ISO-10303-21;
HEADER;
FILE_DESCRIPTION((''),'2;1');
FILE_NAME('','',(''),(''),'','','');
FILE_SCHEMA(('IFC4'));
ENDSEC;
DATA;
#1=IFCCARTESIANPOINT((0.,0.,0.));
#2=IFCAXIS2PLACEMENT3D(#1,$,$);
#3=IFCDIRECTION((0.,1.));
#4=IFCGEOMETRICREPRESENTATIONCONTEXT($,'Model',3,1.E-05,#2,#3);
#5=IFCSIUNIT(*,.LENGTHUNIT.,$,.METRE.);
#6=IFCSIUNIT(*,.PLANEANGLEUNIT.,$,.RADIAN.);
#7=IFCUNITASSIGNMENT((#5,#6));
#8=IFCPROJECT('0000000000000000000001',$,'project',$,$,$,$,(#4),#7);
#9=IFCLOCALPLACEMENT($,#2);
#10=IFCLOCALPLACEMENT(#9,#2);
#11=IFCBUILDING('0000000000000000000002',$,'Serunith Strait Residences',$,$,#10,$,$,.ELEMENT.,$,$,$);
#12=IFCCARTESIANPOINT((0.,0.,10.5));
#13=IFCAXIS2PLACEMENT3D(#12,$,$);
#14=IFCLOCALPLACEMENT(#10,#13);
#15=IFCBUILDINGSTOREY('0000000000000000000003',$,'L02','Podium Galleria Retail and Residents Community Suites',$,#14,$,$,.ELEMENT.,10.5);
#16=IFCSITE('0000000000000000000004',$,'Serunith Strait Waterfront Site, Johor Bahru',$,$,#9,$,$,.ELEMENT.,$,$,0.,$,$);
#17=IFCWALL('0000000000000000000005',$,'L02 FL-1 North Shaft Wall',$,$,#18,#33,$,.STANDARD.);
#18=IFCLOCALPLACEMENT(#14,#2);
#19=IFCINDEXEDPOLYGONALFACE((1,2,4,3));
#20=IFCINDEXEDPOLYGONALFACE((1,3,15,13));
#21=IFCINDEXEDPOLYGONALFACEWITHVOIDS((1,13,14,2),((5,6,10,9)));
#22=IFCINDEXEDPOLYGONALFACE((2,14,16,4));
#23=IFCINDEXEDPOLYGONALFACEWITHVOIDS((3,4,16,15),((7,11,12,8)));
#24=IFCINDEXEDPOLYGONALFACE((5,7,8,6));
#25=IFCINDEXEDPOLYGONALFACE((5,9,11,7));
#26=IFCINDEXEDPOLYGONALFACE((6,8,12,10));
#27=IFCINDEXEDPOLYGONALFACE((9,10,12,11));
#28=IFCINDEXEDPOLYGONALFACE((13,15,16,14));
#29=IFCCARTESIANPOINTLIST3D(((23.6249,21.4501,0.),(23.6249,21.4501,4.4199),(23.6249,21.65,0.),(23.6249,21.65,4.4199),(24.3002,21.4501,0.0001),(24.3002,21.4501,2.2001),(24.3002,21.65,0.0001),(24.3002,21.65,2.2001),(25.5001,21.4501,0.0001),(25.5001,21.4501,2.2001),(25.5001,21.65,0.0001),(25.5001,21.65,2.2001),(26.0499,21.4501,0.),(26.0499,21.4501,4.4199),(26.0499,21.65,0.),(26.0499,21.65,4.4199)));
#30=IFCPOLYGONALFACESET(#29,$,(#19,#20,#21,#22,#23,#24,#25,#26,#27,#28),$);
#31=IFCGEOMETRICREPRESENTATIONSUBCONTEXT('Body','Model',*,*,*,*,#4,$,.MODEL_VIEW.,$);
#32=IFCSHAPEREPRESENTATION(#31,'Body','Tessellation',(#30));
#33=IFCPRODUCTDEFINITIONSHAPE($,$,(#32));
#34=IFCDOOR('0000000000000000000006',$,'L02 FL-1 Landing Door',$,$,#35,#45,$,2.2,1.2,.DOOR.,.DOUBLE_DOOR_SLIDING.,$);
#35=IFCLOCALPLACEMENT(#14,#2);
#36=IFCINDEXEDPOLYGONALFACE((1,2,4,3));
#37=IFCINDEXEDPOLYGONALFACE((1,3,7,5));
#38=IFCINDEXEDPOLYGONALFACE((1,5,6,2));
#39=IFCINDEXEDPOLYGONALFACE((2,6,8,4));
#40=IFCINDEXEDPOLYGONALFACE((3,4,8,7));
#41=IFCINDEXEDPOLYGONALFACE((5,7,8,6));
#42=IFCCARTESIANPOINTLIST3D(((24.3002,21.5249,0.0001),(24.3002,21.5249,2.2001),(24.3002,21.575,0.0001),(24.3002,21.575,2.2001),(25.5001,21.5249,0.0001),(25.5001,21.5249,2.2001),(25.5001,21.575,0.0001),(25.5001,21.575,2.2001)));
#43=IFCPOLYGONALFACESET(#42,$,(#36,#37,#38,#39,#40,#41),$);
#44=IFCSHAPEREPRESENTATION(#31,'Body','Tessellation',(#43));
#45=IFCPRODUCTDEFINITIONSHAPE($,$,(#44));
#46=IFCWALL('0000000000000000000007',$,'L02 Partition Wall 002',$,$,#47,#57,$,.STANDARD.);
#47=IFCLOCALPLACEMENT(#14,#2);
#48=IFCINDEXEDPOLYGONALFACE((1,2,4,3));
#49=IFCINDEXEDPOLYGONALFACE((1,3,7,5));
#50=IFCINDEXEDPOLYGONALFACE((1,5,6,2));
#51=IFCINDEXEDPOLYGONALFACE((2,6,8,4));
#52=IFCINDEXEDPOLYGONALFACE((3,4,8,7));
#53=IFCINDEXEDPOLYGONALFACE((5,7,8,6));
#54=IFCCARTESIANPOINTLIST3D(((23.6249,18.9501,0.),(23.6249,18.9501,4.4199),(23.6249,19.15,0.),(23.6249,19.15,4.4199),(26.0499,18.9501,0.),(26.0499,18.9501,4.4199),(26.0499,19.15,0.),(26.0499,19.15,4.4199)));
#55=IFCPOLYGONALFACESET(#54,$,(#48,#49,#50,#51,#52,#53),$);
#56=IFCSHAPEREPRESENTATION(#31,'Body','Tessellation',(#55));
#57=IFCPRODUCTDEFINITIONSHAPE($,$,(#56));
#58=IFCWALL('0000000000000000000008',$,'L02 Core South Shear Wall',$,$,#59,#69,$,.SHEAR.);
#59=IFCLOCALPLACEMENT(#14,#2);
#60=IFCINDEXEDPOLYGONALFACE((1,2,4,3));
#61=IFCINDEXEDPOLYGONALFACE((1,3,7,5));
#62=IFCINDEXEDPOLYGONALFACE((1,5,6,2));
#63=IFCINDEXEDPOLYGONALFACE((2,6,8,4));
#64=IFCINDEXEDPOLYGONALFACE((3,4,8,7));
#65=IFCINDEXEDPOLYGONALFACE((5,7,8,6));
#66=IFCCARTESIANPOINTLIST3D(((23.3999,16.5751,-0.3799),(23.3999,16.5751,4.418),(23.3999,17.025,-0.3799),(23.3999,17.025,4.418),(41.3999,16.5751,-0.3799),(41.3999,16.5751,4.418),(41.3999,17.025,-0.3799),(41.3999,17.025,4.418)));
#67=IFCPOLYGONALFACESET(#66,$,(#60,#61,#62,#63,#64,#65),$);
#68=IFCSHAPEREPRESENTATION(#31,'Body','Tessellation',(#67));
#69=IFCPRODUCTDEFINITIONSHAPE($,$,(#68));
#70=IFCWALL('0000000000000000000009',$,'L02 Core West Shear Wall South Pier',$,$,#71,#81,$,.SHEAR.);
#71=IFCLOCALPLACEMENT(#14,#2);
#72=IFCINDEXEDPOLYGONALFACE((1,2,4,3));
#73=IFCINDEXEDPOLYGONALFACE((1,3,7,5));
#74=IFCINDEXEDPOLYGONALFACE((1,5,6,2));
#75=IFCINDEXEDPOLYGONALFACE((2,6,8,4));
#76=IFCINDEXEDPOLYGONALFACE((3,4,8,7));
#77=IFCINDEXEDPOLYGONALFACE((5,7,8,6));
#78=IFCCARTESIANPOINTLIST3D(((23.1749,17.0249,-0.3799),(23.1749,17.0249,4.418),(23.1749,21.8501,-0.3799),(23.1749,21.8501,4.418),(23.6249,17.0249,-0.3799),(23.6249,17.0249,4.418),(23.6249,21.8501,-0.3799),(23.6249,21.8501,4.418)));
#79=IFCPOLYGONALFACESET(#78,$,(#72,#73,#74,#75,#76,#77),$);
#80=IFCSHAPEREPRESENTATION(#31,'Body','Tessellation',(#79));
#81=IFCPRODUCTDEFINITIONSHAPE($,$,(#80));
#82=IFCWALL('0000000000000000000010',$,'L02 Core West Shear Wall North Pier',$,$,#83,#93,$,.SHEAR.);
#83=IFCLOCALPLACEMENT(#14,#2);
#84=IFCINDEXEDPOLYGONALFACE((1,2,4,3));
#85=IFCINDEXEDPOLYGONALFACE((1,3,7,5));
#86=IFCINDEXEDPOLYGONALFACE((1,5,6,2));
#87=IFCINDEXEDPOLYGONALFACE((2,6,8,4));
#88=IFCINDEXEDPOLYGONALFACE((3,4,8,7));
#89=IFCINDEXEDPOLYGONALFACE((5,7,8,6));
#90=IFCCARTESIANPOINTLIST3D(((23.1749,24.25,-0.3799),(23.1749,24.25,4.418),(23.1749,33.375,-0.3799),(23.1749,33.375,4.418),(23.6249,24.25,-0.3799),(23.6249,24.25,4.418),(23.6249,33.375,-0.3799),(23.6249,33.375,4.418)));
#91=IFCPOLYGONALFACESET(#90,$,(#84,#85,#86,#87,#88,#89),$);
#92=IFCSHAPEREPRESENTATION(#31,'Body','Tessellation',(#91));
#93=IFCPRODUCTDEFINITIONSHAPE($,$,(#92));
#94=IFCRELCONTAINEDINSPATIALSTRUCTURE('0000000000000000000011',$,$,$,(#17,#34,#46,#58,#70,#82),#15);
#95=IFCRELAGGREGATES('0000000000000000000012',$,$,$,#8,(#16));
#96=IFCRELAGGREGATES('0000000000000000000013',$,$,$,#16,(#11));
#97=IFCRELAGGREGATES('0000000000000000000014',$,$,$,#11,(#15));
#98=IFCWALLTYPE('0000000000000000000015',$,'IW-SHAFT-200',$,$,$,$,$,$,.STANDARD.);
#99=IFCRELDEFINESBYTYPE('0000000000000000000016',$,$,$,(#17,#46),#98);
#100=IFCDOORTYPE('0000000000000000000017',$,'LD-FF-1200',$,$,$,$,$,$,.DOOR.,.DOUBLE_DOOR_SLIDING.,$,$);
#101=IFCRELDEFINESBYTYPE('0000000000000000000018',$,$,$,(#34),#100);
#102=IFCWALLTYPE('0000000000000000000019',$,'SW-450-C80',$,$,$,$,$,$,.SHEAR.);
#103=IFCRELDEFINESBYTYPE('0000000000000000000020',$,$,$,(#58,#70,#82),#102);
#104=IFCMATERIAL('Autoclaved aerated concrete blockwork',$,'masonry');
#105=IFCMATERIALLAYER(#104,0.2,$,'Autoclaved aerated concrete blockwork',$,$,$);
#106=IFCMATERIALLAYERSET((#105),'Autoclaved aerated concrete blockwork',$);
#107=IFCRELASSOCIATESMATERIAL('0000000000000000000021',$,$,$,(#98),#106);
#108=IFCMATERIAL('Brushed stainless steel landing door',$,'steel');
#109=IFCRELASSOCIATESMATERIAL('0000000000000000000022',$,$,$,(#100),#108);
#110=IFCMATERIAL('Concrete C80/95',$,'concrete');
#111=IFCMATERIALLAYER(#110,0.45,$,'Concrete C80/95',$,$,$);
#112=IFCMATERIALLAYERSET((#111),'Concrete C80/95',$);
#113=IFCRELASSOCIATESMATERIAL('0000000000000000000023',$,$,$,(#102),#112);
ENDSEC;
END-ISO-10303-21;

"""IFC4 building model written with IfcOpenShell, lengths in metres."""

from ifc_helpers import new_model, si_unit, direction, frame, frame_2d, origin, place, context, subcontext, project, spatial, rectangle, extrude, source, transform, mapped, material, layer, layer_set, type_object, element, fill, save


model = new_model("IFC4")

# Units and contexts
model_context = context("Model", 3, precision=1e-05, world=origin(), true_north=direction((0.0, 1.0)))
body_context = subcontext(model_context, "Body", "Model", "MODEL_VIEW")
ifc_project = project(units=[si_unit("LENGTHUNIT", "METRE"), si_unit("PLANEANGLEUNIT", "RADIAN")], contexts=[model_context])

# Site, building, storey
site_placement = place(None, origin())
site = spatial("IfcSite", under=ifc_project, at=site_placement, Name="Serunith Strait Waterfront Site, Johor Bahru", CompositionType="ELEMENT", RefElevation=0.0)
building_placement = place(site_placement, origin())
building = spatial("IfcBuilding", under=site, at=building_placement, Name="Serunith Strait Residences", CompositionType="ELEMENT")
storey_placement = place(building_placement, frame((0.0, 0.0, 10.5)))
storey = spatial("IfcBuildingStorey", under=building, at=storey_placement, Name="L02", Description="Podium Galleria Retail and Residents Community Suites", CompositionType="ELEMENT", Elevation=10.5)

# Wall, opening, door
ifc_material_1 = material(Name="Autoclaved aerated concrete blockwork", Category="masonry")
ifc_layer_1 = layer(ifc_material_1, 0.2, Name="Autoclaved aerated concrete blockwork")
ifc_layer_set_1 = layer_set([ifc_layer_1], Name="Autoclaved aerated concrete blockwork")
wall_type_1 = type_object("IfcWallType", Name="IW-SHAFT-200", PredefinedType="STANDARD", material=ifc_layer_set_1)
wall_1_placement = place(storey_placement, frame((23.625, 21.55, 0.0), z_axis=(0.0, 0.0, 1.0), x_axis=(1.0, 0.0, 0.0)))
wall_1 = element("IfcWall", 1, at=wall_1_placement, inside=storey, type_object=wall_type_1, Name="L02 FL-1 North Shaft Wall", PredefinedType="STANDARD", context=body_context, shape_type="SweptSolid", body=[
    extrude(rectangle(XDim=2.425, YDim=0.2, at=frame_2d((1.2124, 0.0))), origin(), (0.0, 0.0, 1.0), 4.4199),
])
opening_1_placement = place(wall_1_placement, frame((0.675, 0.0, 0.0)))
opening_1 = element("IfcOpeningElement", 2, at=opening_1_placement, cuts=wall_1, PredefinedType="OPENING", context=body_context, shape_type="SweptSolid", body=[
    extrude(rectangle(XDim=1.2, YDim=2.2, at=frame_2d((0.6001, 1.1001))), frame((0.0, 0.1099, 0.0), z_axis=(0.0, -1.0, 0.0), x_axis=(1.0, 0.0, 0.0)), (0.0, 0.0, 1.0), 0.22),
])
ifc_material_2 = material(Name="Brushed stainless steel landing door", Category="steel")
door_type_1 = type_object("IfcDoorType", Name="LD-FF-1200", OperationType="DOUBLE_DOOR_SLIDING", PredefinedType="DOOR", material=ifc_material_2)
shared_shape_1 = source(origin(), body_context, "Body", "SweptSolid", [
    extrude(rectangle(XDim=1.2, YDim=2.2, at=frame_2d((0.6001, 1.1001))), frame((0.0, 0.0249, 0.0), z_axis=(0.0, -1.0, 0.0), x_axis=(1.0, 0.0, 0.0)), (0.0, 0.0, 1.0), 0.05),
])
door_1_placement = place(opening_1_placement, origin())
door_1 = element("IfcDoor", 3, at=door_1_placement, inside=storey, type_object=door_type_1, Name="L02 FL-1 Landing Door", OperationType="DOUBLE_DOOR_SLIDING", OverallHeight=2.2, OverallWidth=1.2, PredefinedType="DOOR", context=body_context, shape_type="MappedRepresentation", body=[
    mapped(shared_shape_1, transform((0.0, 0.0, 0.0), scale=1.0)),
])
fill(opening_1, door_1)

# Wall
wall_2_placement = place(storey_placement, frame((23.625, 19.05, 0.0), z_axis=(0.0, 0.0, 1.0), x_axis=(1.0, 0.0, 0.0)))
element("IfcWall", 4, at=wall_2_placement, inside=storey, type_object=wall_type_1, Name="L02 Partition Wall 002", PredefinedType="STANDARD", context=body_context, shape_type="SweptSolid", body=[
    extrude(rectangle(XDim=2.425, YDim=0.2, at=frame_2d((1.2124, 0.0))), origin(), (0.0, 0.0, 1.0), 4.4199),
])

# Walls
ifc_material_3 = material(Name="Concrete C80/95", Category="concrete")
ifc_layer_2 = layer(ifc_material_3, 0.45, Name="Concrete C80/95")
ifc_layer_set_2 = layer_set([ifc_layer_2], Name="Concrete C80/95")
wall_type_2 = type_object("IfcWallType", Name="SW-450-C80", PredefinedType="SHEAR", material=ifc_layer_set_2)
wall_3_placement = place(storey_placement, frame((23.3999, 16.8, -0.3799), z_axis=(0.0, 0.0, 1.0), x_axis=(1.0, 0.0, 0.0)))
element("IfcWall", 5, at=wall_3_placement, inside=storey, type_object=wall_type_2, Name="L02 Core South Shear Wall", PredefinedType="SHEAR", context=body_context, shape_type="SweptSolid", body=[
    extrude(rectangle(XDim=18.0, YDim=0.45, at=frame_2d((9.0, 0.0))), origin(), (0.0, 0.0, 1.0), 4.7979),
])
wall_4_placement = place(storey_placement, frame((23.3999, 17.0249, -0.3799), z_axis=(0.0, 0.0, 1.0), x_axis=(0.0, 1.0, 0.0)))
element("IfcWall", 6, at=wall_4_placement, inside=storey, type_object=wall_type_2, Name="L02 Core West Shear Wall South Pier", PredefinedType="SHEAR", context=body_context, shape_type="SweptSolid", body=[
    extrude(rectangle(XDim=4.8252, YDim=0.45, at=frame_2d((2.4126, 0.0))), origin(), (0.0, 0.0, 1.0), 4.7979),
])
wall_5_placement = place(storey_placement, frame((23.3999, 24.25, -0.3799), z_axis=(0.0, 0.0, 1.0), x_axis=(0.0, 1.0, 0.0)))
element("IfcWall", 7, at=wall_5_placement, inside=storey, type_object=wall_type_2, Name="L02 Core West Shear Wall North Pier", PredefinedType="SHEAR", context=body_context, shape_type="SweptSolid", body=[
    extrude(rectangle(XDim=9.125, YDim=0.45, at=frame_2d((4.5625, 0.0))), origin(), (0.0, 0.0, 1.0), 4.7979),
])

save(model, "model.ifc")
